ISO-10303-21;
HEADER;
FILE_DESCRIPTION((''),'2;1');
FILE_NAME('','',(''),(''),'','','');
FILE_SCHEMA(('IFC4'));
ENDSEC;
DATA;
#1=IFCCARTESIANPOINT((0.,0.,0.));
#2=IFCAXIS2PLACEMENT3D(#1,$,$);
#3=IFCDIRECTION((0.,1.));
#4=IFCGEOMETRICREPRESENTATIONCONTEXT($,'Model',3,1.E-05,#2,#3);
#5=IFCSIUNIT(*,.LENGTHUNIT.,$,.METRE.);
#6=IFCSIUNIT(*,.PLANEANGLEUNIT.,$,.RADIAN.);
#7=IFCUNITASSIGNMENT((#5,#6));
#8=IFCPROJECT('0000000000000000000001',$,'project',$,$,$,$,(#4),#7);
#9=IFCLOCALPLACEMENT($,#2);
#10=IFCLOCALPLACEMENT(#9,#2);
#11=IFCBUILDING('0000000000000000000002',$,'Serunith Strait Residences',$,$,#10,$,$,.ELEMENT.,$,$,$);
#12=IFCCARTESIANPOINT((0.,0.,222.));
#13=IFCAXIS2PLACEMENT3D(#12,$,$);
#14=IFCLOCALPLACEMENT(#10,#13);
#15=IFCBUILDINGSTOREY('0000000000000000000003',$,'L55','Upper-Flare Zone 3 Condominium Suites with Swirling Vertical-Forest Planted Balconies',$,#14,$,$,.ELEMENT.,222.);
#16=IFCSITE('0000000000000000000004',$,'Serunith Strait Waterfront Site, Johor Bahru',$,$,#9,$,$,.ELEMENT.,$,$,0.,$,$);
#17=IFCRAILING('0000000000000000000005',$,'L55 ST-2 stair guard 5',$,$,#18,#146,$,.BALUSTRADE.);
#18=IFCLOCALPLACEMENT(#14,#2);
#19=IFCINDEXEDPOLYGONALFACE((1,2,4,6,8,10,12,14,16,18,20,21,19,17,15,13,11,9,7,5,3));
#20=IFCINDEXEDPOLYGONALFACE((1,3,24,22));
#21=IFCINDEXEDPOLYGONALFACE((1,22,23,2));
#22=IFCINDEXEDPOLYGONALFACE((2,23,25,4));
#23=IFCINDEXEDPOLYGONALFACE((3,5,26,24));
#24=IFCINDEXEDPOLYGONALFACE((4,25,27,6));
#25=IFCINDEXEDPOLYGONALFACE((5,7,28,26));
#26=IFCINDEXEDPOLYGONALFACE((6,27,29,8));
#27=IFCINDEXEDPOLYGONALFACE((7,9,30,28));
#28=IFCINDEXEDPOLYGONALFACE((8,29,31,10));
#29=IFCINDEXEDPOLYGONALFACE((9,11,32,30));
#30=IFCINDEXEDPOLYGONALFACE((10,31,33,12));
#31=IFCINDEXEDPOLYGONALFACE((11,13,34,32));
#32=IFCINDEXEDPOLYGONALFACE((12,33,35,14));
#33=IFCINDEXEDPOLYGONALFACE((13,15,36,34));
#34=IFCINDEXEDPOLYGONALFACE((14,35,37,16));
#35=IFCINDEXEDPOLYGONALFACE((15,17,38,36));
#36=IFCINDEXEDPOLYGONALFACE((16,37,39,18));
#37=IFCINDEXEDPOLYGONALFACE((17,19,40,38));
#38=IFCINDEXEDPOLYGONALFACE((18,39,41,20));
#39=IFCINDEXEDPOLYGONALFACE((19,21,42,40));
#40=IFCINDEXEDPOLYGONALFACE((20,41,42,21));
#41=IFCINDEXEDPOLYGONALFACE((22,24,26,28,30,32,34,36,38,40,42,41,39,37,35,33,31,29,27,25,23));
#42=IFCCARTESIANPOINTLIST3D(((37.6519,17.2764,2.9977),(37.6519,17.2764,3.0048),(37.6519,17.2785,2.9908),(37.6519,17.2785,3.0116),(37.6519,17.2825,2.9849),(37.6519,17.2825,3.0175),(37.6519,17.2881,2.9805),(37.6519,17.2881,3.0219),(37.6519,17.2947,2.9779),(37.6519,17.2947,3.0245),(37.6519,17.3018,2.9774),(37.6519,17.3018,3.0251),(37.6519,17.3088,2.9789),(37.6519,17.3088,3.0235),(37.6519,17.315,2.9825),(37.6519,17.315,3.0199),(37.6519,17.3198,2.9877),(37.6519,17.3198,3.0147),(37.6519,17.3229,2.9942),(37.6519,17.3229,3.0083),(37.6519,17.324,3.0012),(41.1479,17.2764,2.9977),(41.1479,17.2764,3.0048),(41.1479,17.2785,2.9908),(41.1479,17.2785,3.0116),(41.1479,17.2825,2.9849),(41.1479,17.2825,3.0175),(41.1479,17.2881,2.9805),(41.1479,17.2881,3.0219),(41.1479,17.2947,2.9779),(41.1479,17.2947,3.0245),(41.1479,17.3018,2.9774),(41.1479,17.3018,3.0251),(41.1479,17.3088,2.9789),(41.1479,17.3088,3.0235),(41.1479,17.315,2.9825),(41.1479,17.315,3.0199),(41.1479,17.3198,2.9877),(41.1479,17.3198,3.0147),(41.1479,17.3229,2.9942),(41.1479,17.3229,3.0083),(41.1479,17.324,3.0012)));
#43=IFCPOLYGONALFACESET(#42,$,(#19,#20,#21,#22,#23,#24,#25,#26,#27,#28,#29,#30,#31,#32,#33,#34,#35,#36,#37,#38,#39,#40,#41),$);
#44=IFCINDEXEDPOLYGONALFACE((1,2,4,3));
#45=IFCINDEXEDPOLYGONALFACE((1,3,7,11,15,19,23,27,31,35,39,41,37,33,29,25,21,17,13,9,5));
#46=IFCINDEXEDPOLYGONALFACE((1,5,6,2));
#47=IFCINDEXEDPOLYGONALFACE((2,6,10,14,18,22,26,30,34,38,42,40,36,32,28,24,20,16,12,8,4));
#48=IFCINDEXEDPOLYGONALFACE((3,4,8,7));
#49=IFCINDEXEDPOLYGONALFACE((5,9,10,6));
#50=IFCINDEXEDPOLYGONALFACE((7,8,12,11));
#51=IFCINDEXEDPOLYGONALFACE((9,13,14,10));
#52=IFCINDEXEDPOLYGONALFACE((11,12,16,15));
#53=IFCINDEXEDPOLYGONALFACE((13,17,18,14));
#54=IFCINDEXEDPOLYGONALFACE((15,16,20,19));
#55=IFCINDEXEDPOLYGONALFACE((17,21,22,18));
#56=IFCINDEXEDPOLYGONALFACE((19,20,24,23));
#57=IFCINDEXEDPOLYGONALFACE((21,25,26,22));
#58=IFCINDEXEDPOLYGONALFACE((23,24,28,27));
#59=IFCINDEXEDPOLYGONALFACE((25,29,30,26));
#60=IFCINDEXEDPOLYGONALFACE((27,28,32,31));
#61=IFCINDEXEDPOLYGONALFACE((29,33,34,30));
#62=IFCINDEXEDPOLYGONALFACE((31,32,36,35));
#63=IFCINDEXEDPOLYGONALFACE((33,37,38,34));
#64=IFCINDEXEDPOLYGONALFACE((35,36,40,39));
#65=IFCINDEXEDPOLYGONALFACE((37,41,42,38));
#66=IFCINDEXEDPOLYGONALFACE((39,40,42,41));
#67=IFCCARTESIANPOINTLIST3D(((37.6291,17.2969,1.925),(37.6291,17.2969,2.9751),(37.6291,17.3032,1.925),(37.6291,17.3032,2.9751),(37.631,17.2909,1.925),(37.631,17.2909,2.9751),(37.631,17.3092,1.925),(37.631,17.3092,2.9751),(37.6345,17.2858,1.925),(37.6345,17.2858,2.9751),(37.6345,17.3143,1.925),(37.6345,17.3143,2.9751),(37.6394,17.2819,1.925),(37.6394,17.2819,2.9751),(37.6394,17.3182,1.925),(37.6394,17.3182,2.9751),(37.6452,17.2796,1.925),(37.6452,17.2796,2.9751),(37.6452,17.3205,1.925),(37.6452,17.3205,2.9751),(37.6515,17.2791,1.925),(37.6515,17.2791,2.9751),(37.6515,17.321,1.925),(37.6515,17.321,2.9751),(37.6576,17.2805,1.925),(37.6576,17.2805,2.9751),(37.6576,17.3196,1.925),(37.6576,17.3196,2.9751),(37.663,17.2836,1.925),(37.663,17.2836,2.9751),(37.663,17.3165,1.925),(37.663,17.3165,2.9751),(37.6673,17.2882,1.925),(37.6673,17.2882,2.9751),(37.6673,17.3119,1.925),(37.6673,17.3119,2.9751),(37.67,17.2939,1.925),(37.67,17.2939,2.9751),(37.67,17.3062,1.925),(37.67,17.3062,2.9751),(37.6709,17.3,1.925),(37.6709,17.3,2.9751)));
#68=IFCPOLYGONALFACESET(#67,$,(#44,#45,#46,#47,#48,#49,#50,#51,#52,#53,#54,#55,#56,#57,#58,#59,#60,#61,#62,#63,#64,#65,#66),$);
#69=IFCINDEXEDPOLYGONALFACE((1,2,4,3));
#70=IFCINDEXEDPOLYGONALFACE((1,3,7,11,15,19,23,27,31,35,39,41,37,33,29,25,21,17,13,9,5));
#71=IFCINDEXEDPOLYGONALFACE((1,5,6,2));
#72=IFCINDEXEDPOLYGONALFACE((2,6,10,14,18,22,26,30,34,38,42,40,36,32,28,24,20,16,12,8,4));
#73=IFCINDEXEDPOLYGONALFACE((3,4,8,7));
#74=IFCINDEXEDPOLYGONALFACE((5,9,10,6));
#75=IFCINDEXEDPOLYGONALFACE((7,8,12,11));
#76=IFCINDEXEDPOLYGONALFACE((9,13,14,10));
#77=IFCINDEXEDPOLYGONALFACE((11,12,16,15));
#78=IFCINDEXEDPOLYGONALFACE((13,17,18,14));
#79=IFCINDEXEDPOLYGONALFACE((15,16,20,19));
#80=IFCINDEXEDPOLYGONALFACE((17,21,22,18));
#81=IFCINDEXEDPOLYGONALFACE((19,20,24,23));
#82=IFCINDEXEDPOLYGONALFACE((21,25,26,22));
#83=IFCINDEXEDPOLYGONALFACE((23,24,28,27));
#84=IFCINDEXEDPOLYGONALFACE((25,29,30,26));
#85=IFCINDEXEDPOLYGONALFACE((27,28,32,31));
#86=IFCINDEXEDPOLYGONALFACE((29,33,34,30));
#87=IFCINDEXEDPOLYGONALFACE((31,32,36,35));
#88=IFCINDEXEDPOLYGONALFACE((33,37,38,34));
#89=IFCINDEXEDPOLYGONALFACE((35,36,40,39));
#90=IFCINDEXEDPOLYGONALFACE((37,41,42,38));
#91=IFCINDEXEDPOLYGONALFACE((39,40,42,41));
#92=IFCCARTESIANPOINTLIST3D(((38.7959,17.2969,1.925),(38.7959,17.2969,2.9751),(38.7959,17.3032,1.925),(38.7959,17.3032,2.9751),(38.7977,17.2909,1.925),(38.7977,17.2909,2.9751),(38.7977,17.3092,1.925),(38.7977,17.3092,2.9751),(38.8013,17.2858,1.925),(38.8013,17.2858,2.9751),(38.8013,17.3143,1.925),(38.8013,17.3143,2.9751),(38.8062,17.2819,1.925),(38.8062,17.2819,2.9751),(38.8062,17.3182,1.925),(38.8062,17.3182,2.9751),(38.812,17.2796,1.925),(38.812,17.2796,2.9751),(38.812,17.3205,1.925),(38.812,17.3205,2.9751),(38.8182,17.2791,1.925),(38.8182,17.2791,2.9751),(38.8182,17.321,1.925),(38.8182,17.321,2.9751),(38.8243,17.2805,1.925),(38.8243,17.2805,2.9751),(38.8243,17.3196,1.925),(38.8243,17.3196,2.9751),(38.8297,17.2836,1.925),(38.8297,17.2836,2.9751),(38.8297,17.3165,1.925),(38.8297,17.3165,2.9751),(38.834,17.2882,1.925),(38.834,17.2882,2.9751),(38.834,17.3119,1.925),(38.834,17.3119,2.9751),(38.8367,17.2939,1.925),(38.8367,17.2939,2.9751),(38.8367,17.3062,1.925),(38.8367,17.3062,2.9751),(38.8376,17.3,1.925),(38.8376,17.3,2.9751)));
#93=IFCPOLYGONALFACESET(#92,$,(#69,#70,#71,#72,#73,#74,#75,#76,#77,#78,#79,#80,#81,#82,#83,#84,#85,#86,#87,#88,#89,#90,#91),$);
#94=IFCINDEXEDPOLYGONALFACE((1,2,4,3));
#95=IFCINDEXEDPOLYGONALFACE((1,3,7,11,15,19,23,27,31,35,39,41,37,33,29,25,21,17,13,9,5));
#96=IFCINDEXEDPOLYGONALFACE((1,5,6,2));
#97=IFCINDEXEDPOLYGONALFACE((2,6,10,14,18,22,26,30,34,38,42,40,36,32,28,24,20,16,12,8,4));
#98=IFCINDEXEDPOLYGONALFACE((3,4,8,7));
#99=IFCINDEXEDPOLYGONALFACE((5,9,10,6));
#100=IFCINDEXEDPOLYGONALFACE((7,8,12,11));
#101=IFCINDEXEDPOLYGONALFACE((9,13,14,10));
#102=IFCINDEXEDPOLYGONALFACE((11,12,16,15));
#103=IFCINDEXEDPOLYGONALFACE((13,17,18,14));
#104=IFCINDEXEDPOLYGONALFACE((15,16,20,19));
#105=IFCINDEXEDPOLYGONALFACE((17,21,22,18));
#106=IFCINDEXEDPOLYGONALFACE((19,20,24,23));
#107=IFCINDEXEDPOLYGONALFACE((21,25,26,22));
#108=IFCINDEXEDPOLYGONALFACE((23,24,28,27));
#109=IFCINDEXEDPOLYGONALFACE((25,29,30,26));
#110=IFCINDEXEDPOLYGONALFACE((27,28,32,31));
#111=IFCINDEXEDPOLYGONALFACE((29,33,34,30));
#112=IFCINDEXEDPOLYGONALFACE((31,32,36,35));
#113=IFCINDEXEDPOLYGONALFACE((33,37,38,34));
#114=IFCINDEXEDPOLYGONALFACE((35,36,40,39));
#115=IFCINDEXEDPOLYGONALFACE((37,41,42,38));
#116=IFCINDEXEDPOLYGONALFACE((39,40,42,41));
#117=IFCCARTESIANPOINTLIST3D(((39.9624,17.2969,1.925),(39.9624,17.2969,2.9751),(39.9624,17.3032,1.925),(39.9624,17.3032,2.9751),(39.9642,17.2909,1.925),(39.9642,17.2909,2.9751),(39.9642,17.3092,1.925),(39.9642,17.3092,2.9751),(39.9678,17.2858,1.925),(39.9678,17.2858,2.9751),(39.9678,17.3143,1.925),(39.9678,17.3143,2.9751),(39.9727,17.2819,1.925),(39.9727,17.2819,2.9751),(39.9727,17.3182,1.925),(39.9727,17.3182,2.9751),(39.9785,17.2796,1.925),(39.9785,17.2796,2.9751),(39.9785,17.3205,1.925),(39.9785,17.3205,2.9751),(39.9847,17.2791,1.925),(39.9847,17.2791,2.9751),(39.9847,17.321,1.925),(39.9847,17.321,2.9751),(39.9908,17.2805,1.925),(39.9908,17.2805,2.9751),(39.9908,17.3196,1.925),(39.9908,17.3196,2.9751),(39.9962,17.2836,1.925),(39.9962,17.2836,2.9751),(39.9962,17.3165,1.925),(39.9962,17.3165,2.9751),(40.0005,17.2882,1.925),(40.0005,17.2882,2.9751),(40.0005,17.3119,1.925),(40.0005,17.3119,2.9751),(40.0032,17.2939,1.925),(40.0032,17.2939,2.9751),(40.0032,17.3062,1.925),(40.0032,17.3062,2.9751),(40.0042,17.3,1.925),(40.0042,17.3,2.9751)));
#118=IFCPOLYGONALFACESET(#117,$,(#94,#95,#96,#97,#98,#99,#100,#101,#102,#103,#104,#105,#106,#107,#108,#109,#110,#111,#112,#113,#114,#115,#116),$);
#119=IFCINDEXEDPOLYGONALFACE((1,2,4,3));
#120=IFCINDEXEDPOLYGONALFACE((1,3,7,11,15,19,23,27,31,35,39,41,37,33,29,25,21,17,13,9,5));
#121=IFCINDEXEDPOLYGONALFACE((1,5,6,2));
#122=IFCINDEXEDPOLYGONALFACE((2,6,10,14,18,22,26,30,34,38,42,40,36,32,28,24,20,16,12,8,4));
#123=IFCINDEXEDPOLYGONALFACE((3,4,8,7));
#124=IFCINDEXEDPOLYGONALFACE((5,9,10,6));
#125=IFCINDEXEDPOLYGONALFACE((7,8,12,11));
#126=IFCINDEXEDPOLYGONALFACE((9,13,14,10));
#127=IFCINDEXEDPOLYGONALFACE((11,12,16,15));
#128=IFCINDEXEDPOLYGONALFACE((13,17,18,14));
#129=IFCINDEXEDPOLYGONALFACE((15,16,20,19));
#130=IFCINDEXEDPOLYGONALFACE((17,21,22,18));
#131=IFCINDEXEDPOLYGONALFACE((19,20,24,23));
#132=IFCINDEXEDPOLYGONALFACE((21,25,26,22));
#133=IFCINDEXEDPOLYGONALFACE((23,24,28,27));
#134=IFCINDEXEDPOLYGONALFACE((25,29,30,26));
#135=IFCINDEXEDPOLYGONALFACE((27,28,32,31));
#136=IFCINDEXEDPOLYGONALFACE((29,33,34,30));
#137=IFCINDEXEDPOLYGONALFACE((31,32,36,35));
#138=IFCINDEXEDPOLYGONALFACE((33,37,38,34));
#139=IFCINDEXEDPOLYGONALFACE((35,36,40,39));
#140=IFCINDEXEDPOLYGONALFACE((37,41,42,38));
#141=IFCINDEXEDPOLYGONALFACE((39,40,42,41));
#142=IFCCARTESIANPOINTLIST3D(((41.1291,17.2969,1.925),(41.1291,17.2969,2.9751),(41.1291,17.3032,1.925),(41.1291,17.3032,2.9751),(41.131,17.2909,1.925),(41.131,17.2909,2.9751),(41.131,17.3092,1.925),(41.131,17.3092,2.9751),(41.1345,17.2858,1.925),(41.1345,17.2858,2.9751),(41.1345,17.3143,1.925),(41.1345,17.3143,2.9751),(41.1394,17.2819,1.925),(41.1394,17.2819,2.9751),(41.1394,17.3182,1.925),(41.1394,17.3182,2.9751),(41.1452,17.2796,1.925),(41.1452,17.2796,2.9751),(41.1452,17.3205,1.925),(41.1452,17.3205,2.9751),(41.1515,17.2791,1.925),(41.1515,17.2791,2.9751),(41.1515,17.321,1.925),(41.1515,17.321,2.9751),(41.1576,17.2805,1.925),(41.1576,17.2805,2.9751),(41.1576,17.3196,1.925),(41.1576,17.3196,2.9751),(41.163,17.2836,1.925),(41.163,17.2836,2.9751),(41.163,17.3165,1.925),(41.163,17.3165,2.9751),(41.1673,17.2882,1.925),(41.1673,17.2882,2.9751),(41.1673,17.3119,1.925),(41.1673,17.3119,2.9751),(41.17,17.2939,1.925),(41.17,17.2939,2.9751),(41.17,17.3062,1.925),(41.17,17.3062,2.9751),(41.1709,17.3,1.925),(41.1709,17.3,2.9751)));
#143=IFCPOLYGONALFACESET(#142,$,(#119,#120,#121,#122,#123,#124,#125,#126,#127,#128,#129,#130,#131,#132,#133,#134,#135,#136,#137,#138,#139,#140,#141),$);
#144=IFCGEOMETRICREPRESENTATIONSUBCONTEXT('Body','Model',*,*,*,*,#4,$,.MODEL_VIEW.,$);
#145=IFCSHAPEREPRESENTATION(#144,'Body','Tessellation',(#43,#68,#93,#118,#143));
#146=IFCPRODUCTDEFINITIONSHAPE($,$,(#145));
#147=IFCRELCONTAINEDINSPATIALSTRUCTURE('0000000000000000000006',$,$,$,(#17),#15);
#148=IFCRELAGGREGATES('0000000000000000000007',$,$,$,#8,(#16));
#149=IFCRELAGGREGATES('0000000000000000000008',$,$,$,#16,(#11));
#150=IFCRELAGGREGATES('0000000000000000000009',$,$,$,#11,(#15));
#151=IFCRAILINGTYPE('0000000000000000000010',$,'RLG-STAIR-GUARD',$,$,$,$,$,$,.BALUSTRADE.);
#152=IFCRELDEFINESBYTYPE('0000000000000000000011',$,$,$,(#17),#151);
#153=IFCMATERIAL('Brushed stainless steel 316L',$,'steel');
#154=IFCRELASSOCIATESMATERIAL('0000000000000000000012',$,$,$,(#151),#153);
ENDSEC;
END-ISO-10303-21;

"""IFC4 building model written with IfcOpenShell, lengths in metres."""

from ifc_helpers import new_model, si_unit, direction, frame, origin, origin_2d, place, context, subcontext, project, spatial, circle, extrude, material, type_object, element, save


model = new_model("IFC4")

# Units and contexts
model_context = context("Model", 3, precision=1e-05, world=origin(), true_north=direction((0.0, 1.0)))
body_context = subcontext(model_context, "Body", "Model", "MODEL_VIEW")
ifc_project = project(units=[si_unit("LENGTHUNIT", "METRE"), si_unit("PLANEANGLEUNIT", "RADIAN")], contexts=[model_context])

# Site, building, storey
site_placement = place(None, origin())
site = spatial("IfcSite", under=ifc_project, at=site_placement, Name="Serunith Strait Waterfront Site, Johor Bahru", CompositionType="ELEMENT", RefElevation=0.0)
building_placement = place(site_placement, origin())
building = spatial("IfcBuilding", under=site, at=building_placement, Name="Serunith Strait Residences", CompositionType="ELEMENT")
storey_placement = place(building_placement, frame((0.0, 0.0, 222.0)))
storey = spatial("IfcBuildingStorey", under=building, at=storey_placement, Name="L55", Description="Upper-Flare Zone 3 Condominium Suites with Swirling Vertical-Forest Planted Balconies", CompositionType="ELEMENT", Elevation=222.0)

# Railing
ifc_material_1 = material(Name="Brushed stainless steel 316L", Category="steel")
railing_type_1 = type_object("IfcRailingType", Name="RLG-STAIR-GUARD", PredefinedType="BALUSTRADE", material=ifc_material_1)
railing_1_placement = place(storey_placement, frame((37.6499, 17.3, 1.925)))
element("IfcRailing", 1, at=railing_1_placement, inside=storey, type_object=railing_type_1, Name="L55 ST-2 stair guard 5", PredefinedType="BALUSTRADE", context=body_context, shape_type="SweptSolid", body=[
    extrude(circle(Radius=0.0239, at=origin_2d()), frame((0.002, 0.0, 1.0762), z_axis=(1.0, 0.0, 0.0), x_axis=(0.0, 1.0, 0.0)), (0.0, 0.0, 1.0), 3.4961),
    extrude(circle(Radius=0.021, at=origin_2d()), origin(), (0.0, 0.0, 1.0), 1.05),
    extrude(circle(Radius=0.021, at=origin_2d()), frame((1.1667, 0.0, 0.0)), (0.0, 0.0, 1.0), 1.05),
    extrude(circle(Radius=0.021, at=origin_2d()), frame((2.3333, 0.0, 0.0)), (0.0, 0.0, 1.0), 1.05),
    extrude(circle(Radius=0.021, at=origin_2d()), frame((3.5, 0.0, 0.0)), (0.0, 0.0, 1.0), 1.05),
])

save(model, "model.ifc")
